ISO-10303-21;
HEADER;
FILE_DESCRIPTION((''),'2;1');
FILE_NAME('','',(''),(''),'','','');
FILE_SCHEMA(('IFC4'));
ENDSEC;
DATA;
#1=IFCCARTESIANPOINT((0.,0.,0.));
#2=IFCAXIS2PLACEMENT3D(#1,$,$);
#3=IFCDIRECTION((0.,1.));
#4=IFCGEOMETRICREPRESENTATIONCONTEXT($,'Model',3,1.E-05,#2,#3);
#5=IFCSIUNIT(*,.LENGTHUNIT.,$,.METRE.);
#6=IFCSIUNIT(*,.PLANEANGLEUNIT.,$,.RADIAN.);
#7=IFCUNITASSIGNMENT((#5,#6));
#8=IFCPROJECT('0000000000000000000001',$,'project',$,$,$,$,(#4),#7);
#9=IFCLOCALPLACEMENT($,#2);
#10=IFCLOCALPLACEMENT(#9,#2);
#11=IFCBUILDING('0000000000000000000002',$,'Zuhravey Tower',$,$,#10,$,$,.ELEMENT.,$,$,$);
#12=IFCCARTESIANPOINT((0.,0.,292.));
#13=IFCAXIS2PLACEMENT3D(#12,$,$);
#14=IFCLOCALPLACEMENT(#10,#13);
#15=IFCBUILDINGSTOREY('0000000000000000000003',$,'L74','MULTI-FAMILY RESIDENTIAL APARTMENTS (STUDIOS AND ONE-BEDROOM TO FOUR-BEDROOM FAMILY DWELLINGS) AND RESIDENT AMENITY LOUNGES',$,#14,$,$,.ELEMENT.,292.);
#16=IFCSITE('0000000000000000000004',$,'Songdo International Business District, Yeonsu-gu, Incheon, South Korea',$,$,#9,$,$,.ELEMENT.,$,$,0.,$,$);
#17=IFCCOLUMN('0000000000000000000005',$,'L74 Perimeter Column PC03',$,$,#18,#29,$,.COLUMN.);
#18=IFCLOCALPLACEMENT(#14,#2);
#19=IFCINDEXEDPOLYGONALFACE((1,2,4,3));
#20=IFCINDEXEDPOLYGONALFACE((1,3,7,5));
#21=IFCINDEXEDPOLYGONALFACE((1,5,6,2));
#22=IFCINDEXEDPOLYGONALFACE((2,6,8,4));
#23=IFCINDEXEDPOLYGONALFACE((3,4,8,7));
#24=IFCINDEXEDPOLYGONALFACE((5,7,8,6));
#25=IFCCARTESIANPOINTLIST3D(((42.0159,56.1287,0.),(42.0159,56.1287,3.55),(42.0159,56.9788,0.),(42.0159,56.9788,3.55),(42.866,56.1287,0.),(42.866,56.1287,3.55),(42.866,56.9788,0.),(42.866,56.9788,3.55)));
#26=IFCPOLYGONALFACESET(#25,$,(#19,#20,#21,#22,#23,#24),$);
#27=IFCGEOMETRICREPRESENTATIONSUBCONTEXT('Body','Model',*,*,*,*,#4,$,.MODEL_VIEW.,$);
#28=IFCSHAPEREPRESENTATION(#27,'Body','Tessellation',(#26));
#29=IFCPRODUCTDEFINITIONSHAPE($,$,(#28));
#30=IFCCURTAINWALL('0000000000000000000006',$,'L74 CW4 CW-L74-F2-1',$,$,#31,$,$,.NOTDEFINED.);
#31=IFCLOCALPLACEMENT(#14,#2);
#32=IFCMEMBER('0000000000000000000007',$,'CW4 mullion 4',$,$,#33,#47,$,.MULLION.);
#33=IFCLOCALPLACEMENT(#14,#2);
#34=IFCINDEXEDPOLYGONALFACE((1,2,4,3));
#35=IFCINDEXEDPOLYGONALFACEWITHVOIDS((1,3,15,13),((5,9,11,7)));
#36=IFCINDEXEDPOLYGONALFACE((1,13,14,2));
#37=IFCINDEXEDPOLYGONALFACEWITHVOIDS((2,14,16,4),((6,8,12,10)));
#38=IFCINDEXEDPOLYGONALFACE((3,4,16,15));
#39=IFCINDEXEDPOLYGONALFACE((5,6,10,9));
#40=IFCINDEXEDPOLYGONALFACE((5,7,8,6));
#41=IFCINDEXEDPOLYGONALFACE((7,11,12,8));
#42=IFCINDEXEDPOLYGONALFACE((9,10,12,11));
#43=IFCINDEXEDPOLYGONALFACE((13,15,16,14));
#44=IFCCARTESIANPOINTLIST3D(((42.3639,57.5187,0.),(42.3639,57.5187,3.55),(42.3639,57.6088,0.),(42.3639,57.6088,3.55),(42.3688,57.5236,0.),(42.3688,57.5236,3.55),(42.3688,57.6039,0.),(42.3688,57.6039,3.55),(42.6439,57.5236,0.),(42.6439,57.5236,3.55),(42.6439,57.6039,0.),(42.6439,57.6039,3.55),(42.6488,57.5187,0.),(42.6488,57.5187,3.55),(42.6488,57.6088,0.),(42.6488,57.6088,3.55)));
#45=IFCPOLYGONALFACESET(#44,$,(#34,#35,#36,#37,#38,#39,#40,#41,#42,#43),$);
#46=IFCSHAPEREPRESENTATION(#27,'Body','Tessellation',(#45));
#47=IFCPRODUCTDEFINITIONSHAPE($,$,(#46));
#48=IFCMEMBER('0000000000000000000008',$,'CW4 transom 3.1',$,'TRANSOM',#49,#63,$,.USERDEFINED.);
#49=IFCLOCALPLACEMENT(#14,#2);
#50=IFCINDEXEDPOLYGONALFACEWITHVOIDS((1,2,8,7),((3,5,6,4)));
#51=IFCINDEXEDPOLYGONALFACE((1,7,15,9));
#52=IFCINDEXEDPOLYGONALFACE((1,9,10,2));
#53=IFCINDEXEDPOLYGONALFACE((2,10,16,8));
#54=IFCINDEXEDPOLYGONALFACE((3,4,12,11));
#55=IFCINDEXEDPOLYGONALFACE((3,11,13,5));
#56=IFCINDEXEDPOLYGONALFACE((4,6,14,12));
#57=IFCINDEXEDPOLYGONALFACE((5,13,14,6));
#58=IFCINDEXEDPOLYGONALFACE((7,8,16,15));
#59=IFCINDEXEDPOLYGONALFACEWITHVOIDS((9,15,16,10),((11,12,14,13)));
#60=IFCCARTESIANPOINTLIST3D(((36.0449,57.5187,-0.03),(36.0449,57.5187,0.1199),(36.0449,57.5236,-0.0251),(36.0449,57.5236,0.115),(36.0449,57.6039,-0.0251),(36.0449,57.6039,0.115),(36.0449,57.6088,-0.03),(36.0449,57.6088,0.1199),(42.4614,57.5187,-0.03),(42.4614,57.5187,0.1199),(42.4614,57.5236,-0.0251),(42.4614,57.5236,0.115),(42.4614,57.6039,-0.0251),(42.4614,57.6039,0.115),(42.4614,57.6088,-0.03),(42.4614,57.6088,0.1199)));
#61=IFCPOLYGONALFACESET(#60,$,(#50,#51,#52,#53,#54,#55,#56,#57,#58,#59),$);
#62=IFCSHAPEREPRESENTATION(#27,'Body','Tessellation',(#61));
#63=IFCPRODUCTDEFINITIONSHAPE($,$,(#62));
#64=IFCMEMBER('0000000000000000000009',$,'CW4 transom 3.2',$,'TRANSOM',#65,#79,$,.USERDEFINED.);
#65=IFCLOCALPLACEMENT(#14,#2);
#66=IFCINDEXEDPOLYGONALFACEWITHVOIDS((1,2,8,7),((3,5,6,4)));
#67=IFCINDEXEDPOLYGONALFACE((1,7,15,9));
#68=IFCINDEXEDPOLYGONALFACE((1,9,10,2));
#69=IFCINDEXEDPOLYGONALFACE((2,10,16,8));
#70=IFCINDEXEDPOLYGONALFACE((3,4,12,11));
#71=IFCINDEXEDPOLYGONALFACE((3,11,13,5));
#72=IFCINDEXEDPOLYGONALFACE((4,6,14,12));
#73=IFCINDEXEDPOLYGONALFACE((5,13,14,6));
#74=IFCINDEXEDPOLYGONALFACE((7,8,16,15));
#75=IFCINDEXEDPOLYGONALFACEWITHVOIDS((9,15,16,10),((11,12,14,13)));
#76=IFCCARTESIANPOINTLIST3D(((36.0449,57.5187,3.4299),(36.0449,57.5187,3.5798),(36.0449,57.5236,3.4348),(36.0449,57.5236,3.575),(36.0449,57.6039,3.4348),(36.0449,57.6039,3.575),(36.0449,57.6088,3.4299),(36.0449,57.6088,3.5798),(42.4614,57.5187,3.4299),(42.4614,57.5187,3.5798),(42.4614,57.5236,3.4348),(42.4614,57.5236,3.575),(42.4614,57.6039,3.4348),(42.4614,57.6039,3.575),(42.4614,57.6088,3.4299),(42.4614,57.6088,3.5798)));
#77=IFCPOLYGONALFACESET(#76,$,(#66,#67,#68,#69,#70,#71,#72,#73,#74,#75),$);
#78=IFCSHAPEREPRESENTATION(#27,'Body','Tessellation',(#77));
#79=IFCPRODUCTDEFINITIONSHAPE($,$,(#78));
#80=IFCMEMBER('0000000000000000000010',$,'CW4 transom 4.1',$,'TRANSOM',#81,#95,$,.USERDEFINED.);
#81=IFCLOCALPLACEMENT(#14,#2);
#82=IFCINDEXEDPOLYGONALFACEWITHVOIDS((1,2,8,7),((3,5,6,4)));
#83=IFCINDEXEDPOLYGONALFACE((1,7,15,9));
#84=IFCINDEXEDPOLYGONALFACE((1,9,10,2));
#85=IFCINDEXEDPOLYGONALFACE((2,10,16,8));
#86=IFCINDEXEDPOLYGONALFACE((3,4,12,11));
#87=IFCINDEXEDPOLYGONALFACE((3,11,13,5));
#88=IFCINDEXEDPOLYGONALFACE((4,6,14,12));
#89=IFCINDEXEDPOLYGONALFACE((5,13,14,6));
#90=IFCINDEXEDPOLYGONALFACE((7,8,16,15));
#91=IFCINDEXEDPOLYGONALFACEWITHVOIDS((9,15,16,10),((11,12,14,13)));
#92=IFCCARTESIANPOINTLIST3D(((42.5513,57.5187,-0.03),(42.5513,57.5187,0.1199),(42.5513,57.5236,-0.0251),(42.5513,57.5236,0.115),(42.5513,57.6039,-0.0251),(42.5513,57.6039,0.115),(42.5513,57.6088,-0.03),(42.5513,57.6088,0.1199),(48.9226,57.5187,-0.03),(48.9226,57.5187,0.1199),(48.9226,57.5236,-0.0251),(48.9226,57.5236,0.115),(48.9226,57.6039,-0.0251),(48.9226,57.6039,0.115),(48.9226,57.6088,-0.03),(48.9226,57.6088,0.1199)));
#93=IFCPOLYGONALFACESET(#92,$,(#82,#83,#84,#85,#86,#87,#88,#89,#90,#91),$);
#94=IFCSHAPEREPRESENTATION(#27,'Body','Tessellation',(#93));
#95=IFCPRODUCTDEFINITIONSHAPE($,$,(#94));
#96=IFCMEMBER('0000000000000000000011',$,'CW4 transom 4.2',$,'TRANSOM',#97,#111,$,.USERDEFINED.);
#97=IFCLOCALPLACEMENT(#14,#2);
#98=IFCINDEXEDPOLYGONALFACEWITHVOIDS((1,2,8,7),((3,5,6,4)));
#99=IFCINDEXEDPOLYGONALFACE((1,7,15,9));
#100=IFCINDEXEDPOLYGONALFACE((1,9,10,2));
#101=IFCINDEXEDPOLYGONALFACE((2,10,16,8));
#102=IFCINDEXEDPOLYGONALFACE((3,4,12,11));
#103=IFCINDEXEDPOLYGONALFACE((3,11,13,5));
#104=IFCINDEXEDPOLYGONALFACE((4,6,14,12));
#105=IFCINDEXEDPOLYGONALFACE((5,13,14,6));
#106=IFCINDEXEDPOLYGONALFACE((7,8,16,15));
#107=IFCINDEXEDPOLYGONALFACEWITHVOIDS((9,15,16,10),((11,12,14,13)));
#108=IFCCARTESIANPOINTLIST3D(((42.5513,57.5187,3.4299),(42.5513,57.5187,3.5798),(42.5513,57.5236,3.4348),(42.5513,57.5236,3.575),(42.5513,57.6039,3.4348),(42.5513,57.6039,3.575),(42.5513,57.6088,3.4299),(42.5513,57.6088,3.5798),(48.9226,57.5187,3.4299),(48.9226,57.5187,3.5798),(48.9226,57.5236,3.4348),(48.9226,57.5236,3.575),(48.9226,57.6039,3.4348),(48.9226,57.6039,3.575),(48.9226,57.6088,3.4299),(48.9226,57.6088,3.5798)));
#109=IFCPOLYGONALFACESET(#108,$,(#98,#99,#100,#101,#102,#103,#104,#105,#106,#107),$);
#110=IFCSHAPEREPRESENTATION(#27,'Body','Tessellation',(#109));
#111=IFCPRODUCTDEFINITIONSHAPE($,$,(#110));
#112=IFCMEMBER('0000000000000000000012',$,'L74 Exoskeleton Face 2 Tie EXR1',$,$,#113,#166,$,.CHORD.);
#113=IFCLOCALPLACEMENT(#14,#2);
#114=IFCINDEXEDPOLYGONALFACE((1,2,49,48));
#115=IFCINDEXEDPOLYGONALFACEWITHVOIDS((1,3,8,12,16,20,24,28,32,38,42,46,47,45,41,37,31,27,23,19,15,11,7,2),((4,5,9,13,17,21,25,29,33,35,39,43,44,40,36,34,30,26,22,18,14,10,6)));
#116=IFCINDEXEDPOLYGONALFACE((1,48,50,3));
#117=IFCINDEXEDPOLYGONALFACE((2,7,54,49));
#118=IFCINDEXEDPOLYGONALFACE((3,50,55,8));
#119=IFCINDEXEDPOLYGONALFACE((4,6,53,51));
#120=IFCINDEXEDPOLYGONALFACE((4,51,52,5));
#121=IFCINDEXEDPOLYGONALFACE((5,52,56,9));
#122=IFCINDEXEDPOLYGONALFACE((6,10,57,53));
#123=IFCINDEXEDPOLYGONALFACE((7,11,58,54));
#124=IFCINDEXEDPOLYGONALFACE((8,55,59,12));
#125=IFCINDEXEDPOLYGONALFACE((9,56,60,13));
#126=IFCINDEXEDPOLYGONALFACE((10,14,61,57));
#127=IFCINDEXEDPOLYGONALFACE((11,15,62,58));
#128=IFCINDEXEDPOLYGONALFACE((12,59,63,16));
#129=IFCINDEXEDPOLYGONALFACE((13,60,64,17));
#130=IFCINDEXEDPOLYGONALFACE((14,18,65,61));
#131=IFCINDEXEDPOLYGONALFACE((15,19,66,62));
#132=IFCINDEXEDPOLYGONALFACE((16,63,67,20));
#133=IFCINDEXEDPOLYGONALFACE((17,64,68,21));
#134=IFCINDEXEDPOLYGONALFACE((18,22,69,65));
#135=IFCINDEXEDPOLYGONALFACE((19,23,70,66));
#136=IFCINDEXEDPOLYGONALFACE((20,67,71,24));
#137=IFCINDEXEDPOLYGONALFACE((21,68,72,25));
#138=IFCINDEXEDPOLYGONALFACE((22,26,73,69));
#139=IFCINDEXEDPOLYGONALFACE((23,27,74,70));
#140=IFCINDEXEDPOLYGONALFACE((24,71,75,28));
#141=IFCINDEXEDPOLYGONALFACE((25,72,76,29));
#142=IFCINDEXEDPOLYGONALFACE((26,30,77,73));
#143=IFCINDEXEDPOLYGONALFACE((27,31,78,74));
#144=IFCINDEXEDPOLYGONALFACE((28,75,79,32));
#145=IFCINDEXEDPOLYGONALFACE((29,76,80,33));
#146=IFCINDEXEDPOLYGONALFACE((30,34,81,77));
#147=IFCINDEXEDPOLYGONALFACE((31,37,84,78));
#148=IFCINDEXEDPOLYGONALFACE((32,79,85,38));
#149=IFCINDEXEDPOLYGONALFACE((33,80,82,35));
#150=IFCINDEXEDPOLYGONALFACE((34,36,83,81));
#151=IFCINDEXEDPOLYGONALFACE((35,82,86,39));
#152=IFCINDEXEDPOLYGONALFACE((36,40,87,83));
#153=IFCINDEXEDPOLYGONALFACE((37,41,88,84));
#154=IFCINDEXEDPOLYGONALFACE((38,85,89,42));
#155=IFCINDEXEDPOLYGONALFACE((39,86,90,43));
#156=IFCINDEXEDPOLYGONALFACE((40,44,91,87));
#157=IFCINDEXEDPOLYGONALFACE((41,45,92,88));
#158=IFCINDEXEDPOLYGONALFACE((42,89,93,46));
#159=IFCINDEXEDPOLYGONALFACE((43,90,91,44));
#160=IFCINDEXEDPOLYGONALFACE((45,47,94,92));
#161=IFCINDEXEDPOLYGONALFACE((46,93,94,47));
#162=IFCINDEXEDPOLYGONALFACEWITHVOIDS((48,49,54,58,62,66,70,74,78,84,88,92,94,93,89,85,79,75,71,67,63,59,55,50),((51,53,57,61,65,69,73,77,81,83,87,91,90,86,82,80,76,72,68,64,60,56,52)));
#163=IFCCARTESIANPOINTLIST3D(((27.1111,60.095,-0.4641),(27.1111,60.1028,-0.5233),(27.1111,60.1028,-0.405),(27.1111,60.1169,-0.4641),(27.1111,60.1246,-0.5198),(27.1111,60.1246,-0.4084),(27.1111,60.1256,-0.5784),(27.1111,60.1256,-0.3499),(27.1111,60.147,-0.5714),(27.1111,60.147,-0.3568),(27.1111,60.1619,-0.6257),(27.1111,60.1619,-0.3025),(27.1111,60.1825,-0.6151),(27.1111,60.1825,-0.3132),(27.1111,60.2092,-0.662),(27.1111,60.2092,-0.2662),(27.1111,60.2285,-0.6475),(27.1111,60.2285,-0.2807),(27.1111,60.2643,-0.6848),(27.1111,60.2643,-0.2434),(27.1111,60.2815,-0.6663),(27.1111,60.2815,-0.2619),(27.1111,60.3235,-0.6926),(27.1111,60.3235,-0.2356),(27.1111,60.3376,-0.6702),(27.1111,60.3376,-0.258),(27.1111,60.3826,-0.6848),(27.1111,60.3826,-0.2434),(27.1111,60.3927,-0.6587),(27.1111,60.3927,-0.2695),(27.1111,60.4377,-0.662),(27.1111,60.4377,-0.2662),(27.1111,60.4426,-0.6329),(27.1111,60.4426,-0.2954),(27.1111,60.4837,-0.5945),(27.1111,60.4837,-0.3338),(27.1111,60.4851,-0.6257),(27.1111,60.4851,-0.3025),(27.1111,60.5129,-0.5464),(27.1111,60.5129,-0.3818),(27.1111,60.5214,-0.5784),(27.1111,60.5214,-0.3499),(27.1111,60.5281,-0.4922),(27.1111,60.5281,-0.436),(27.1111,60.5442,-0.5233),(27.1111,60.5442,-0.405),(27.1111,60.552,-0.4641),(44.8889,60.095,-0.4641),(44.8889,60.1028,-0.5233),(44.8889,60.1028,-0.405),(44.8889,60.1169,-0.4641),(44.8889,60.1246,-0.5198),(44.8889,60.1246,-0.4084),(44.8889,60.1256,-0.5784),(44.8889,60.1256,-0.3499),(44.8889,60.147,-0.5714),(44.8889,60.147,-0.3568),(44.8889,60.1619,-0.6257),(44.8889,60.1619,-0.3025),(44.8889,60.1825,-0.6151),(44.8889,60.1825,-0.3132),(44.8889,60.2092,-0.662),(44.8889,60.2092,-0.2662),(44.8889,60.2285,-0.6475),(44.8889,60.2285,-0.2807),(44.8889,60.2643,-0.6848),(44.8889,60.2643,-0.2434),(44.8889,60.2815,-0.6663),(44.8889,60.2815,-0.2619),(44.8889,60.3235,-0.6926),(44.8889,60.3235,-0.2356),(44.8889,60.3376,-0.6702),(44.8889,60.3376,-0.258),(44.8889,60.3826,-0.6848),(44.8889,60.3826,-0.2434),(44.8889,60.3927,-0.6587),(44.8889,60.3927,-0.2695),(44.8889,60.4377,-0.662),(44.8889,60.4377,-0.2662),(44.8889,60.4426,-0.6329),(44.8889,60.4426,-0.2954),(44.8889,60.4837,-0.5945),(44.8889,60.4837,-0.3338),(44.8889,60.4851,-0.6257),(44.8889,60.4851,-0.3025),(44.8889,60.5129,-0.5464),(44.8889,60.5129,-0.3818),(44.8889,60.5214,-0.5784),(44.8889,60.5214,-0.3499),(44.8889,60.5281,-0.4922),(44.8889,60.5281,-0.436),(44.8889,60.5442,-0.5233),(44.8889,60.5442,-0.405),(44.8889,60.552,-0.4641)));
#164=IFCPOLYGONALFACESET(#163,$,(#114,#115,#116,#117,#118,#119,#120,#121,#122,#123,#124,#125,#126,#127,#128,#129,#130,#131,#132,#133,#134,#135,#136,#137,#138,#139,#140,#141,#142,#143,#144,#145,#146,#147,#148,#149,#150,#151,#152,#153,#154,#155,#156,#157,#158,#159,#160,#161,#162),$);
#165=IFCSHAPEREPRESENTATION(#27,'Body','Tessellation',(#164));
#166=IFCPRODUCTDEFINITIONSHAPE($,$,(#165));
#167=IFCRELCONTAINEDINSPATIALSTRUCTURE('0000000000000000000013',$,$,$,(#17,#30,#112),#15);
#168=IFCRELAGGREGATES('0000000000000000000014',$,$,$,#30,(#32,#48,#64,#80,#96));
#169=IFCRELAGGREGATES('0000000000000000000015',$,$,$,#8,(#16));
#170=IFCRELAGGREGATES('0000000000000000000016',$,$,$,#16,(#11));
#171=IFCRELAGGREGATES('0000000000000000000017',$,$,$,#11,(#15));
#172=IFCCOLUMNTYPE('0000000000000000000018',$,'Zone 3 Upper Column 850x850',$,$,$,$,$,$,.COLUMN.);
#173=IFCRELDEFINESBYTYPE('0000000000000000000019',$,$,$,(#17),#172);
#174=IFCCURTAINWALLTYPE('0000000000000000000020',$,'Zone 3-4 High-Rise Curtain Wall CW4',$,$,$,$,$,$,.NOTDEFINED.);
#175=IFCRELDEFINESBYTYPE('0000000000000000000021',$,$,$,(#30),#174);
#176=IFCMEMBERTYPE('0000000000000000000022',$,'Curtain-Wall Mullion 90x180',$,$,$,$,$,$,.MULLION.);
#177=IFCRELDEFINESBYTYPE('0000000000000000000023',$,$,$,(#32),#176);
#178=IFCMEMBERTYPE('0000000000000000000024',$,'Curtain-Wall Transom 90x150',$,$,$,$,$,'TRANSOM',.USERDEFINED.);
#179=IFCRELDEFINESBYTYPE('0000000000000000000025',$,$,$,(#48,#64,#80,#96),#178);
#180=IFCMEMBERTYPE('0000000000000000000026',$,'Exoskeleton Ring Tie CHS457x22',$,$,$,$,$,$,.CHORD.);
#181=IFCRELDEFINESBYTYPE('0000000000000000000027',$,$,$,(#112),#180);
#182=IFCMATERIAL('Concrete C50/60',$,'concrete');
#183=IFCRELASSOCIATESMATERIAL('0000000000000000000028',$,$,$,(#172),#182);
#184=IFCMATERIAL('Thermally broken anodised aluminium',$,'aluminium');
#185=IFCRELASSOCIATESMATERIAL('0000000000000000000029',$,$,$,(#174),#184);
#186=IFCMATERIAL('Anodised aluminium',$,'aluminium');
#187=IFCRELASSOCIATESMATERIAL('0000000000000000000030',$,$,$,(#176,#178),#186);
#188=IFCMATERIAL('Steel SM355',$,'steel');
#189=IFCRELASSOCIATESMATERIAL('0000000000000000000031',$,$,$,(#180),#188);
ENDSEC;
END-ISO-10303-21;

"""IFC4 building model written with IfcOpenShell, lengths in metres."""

from ifc_helpers import new_model, si_unit, direction, frame, origin, origin_2d, place, context, subcontext, project, spatial, rectangle, hollow_rectangle, hollow_circle, extrude, material, material_profile, profile_set, type_object, element, aggregate, save


model = new_model("IFC4")

# Units and contexts
model_context = context("Model", 3, precision=1e-05, world=origin(), true_north=direction((0.0, 1.0)))
body_context = subcontext(model_context, "Body", "Model", "MODEL_VIEW")
ifc_project = project(units=[si_unit("LENGTHUNIT", "METRE"), si_unit("PLANEANGLEUNIT", "RADIAN")], contexts=[model_context])

# Site, building, storey
site_placement = place(None, origin())
site = spatial("IfcSite", under=ifc_project, at=site_placement, Name="Songdo International Business District, Yeonsu-gu, Incheon, South Korea", CompositionType="ELEMENT", RefElevation=0.0)
building_placement = place(site_placement, origin())
building = spatial("IfcBuilding", under=site, at=building_placement, Name="Zuhravey Tower", CompositionType="ELEMENT")
storey_placement = place(building_placement, frame((0.0, 0.0, 292.0)))
storey = spatial("IfcBuildingStorey", under=building, at=storey_placement, Name="L74", Description="MULTI-FAMILY RESIDENTIAL APARTMENTS (STUDIOS AND ONE-BEDROOM TO FOUR-BEDROOM FAMILY DWELLINGS) AND RESIDENT AMENITY LOUNGES", CompositionType="ELEMENT", Elevation=292.0)

# Column
ifc_material_1 = material(Name="Concrete C50/60", Category="concrete")
ifc_material_profile_1 = material_profile(ifc_material_1, rectangle(XDim=0.8501, YDim=0.8501, at=origin_2d()), Name="RC-850x850")
ifc_profile_set_1 = profile_set([ifc_material_profile_1], Name="Concrete C50/60")
column_type = type_object("IfcColumnType", Name="Zone 3 Upper Column 850x850", PredefinedType="COLUMN", material=ifc_profile_set_1)
column_placement = place(storey_placement, frame((42.4409, 56.5537, 0.0), z_axis=(0.0, 0.0, 1.0), x_axis=(-1.0, 0.0, 0.0)))
element("IfcColumn", 1, at=column_placement, inside=storey, type_object=column_type, Name="L74 Perimeter Column PC03", PredefinedType="COLUMN", context=body_context, shape_type="SweptSolid", body=[
    extrude(rectangle(XDim=0.8501, YDim=0.8501, at=origin_2d()), origin(), (0.0, 0.0, 1.0), 3.55),
])

# Curtain wall, members
ifc_material_2 = material(Name="Thermally broken anodised aluminium", Category="aluminium")
curtain_wall_type = type_object("IfcCurtainWallType", Name="Zone 3-4 High-Rise Curtain Wall CW4", PredefinedType="NOTDEFINED", material=ifc_material_2)
curtain_wall_placement = place(storey_placement, origin())
curtain_wall = element("IfcCurtainWall", 2, at=curtain_wall_placement, inside=storey, type_object=curtain_wall_type, Name="L74 CW4 CW-L74-F2-1", PredefinedType="NOTDEFINED")
ifc_material_3 = material(Name="Anodised aluminium", Category="aluminium")
ifc_material_profile_2 = material_profile(ifc_material_3, hollow_rectangle(XDim=0.0901, YDim=0.2849, WallThickness=0.0049, at=origin_2d()), Name="ALU-RHS-90x285x5")
ifc_profile_set_2 = profile_set([ifc_material_profile_2], Name="Anodised aluminium")
member_type_1 = type_object("IfcMemberType", Name="Curtain-Wall Mullion 90x180", PredefinedType="MULLION", material=ifc_profile_set_2)
member_1_placement = place(storey_placement, frame((42.5063, 57.5637, 0.0), z_axis=(0.0, 0.0, 1.0), x_axis=(0.0, 1.0, 0.0)))
member_1 = element("IfcMember", 3, at=member_1_placement, type_object=member_type_1, Name="CW4 mullion 4", PredefinedType="MULLION", context=body_context, shape_type="SweptSolid", body=[
    extrude(hollow_rectangle(XDim=0.0901, YDim=0.2849, WallThickness=0.0049, at=origin_2d()), origin(), (0.0, 0.0, 1.0), 3.55),
])
ifc_material_profile_3 = material_profile(ifc_material_3, hollow_rectangle(XDim=0.0901, YDim=0.1499, WallThickness=0.0049, at=origin_2d()), Name="ALU-RHS-90x150x5")
ifc_profile_set_3 = profile_set([ifc_material_profile_3], Name="Anodised aluminium")
member_type_2 = type_object("IfcMemberType", Name="Curtain-Wall Transom 90x150", ElementType="TRANSOM", PredefinedType="USERDEFINED", material=ifc_profile_set_3)
member_2_placement = place(storey_placement, frame((36.0449, 57.5637, 0.0449), z_axis=(1.0, 0.0, 0.0), x_axis=(0.0, 1.0, 0.0)))
member_2 = element("IfcMember", 4, at=member_2_placement, type_object=member_type_2, Name="CW4 transom 3.1", ObjectType="TRANSOM", PredefinedType="USERDEFINED", context=body_context, shape_type="SweptSolid", body=[
    extrude(hollow_rectangle(XDim=0.0901, YDim=0.1499, WallThickness=0.0049, at=origin_2d()), origin(), (0.0, 0.0, 1.0), 6.4165),
])
member_3_placement = place(storey_placement, frame((36.0449, 57.5637, 3.5049), z_axis=(1.0, 0.0, 0.0), x_axis=(0.0, 1.0, 0.0)))
member_3 = element("IfcMember", 5, at=member_3_placement, type_object=member_type_2, Name="CW4 transom 3.2", ObjectType="TRANSOM", PredefinedType="USERDEFINED", context=body_context, shape_type="SweptSolid", body=[
    extrude(hollow_rectangle(XDim=0.0901, YDim=0.1499, WallThickness=0.0049, at=origin_2d()), origin(), (0.0, 0.0, 1.0), 6.4165),
])
member_4_placement = place(storey_placement, frame((42.5513, 57.5637, 0.0449), z_axis=(1.0, 0.0, 0.0), x_axis=(0.0, 1.0, 0.0)))
member_4 = element("IfcMember", 6, at=member_4_placement, type_object=member_type_2, Name="CW4 transom 4.1", ObjectType="TRANSOM", PredefinedType="USERDEFINED", context=body_context, shape_type="SweptSolid", body=[
    extrude(hollow_rectangle(XDim=0.0901, YDim=0.1499, WallThickness=0.0049, at=origin_2d()), origin(), (0.0, 0.0, 1.0), 6.3713),
])
member_5_placement = place(storey_placement, frame((42.5513, 57.5637, 3.5049), z_axis=(1.0, 0.0, 0.0), x_axis=(0.0, 1.0, 0.0)))
member_5 = element("IfcMember", 7, at=member_5_placement, type_object=member_type_2, Name="CW4 transom 4.2", ObjectType="TRANSOM", PredefinedType="USERDEFINED", context=body_context, shape_type="SweptSolid", body=[
    extrude(hollow_rectangle(XDim=0.0901, YDim=0.1499, WallThickness=0.0049, at=origin_2d()), origin(), (0.0, 0.0, 1.0), 6.3713),
])

# Member
ifc_material_4 = material(Name="Steel SM355", Category="steel")
ifc_material_profile_4 = material_profile(ifc_material_4, hollow_circle(Radius=0.2285, WallThickness=0.022, at=origin_2d()), Name="CHS-457.2x22")
ifc_profile_set_4 = profile_set([ifc_material_profile_4], Name="Steel SM355")
member_type_3 = type_object("IfcMemberType", Name="Exoskeleton Ring Tie CHS457x22", PredefinedType="CHORD", material=ifc_profile_set_4)
member_6_placement = place(storey_placement, frame((44.8889, 60.3235, -0.4641), z_axis=(-1.0, 0.0, 0.0), x_axis=(0.0, -1.0, 0.0)))
element("IfcMember", 8, at=member_6_placement, inside=storey, type_object=member_type_3, Name="L74 Exoskeleton Face 2 Tie EXR1", PredefinedType="CHORD", context=body_context, shape_type="SweptSolid", body=[
    extrude(hollow_circle(Radius=0.2285, WallThickness=0.022, at=origin_2d()), origin(), (0.0, 0.0, 1.0), 17.7778),
])

aggregate(curtain_wall, [member_1, member_2, member_3, member_4, member_5])

save(model, "model.ifc")
